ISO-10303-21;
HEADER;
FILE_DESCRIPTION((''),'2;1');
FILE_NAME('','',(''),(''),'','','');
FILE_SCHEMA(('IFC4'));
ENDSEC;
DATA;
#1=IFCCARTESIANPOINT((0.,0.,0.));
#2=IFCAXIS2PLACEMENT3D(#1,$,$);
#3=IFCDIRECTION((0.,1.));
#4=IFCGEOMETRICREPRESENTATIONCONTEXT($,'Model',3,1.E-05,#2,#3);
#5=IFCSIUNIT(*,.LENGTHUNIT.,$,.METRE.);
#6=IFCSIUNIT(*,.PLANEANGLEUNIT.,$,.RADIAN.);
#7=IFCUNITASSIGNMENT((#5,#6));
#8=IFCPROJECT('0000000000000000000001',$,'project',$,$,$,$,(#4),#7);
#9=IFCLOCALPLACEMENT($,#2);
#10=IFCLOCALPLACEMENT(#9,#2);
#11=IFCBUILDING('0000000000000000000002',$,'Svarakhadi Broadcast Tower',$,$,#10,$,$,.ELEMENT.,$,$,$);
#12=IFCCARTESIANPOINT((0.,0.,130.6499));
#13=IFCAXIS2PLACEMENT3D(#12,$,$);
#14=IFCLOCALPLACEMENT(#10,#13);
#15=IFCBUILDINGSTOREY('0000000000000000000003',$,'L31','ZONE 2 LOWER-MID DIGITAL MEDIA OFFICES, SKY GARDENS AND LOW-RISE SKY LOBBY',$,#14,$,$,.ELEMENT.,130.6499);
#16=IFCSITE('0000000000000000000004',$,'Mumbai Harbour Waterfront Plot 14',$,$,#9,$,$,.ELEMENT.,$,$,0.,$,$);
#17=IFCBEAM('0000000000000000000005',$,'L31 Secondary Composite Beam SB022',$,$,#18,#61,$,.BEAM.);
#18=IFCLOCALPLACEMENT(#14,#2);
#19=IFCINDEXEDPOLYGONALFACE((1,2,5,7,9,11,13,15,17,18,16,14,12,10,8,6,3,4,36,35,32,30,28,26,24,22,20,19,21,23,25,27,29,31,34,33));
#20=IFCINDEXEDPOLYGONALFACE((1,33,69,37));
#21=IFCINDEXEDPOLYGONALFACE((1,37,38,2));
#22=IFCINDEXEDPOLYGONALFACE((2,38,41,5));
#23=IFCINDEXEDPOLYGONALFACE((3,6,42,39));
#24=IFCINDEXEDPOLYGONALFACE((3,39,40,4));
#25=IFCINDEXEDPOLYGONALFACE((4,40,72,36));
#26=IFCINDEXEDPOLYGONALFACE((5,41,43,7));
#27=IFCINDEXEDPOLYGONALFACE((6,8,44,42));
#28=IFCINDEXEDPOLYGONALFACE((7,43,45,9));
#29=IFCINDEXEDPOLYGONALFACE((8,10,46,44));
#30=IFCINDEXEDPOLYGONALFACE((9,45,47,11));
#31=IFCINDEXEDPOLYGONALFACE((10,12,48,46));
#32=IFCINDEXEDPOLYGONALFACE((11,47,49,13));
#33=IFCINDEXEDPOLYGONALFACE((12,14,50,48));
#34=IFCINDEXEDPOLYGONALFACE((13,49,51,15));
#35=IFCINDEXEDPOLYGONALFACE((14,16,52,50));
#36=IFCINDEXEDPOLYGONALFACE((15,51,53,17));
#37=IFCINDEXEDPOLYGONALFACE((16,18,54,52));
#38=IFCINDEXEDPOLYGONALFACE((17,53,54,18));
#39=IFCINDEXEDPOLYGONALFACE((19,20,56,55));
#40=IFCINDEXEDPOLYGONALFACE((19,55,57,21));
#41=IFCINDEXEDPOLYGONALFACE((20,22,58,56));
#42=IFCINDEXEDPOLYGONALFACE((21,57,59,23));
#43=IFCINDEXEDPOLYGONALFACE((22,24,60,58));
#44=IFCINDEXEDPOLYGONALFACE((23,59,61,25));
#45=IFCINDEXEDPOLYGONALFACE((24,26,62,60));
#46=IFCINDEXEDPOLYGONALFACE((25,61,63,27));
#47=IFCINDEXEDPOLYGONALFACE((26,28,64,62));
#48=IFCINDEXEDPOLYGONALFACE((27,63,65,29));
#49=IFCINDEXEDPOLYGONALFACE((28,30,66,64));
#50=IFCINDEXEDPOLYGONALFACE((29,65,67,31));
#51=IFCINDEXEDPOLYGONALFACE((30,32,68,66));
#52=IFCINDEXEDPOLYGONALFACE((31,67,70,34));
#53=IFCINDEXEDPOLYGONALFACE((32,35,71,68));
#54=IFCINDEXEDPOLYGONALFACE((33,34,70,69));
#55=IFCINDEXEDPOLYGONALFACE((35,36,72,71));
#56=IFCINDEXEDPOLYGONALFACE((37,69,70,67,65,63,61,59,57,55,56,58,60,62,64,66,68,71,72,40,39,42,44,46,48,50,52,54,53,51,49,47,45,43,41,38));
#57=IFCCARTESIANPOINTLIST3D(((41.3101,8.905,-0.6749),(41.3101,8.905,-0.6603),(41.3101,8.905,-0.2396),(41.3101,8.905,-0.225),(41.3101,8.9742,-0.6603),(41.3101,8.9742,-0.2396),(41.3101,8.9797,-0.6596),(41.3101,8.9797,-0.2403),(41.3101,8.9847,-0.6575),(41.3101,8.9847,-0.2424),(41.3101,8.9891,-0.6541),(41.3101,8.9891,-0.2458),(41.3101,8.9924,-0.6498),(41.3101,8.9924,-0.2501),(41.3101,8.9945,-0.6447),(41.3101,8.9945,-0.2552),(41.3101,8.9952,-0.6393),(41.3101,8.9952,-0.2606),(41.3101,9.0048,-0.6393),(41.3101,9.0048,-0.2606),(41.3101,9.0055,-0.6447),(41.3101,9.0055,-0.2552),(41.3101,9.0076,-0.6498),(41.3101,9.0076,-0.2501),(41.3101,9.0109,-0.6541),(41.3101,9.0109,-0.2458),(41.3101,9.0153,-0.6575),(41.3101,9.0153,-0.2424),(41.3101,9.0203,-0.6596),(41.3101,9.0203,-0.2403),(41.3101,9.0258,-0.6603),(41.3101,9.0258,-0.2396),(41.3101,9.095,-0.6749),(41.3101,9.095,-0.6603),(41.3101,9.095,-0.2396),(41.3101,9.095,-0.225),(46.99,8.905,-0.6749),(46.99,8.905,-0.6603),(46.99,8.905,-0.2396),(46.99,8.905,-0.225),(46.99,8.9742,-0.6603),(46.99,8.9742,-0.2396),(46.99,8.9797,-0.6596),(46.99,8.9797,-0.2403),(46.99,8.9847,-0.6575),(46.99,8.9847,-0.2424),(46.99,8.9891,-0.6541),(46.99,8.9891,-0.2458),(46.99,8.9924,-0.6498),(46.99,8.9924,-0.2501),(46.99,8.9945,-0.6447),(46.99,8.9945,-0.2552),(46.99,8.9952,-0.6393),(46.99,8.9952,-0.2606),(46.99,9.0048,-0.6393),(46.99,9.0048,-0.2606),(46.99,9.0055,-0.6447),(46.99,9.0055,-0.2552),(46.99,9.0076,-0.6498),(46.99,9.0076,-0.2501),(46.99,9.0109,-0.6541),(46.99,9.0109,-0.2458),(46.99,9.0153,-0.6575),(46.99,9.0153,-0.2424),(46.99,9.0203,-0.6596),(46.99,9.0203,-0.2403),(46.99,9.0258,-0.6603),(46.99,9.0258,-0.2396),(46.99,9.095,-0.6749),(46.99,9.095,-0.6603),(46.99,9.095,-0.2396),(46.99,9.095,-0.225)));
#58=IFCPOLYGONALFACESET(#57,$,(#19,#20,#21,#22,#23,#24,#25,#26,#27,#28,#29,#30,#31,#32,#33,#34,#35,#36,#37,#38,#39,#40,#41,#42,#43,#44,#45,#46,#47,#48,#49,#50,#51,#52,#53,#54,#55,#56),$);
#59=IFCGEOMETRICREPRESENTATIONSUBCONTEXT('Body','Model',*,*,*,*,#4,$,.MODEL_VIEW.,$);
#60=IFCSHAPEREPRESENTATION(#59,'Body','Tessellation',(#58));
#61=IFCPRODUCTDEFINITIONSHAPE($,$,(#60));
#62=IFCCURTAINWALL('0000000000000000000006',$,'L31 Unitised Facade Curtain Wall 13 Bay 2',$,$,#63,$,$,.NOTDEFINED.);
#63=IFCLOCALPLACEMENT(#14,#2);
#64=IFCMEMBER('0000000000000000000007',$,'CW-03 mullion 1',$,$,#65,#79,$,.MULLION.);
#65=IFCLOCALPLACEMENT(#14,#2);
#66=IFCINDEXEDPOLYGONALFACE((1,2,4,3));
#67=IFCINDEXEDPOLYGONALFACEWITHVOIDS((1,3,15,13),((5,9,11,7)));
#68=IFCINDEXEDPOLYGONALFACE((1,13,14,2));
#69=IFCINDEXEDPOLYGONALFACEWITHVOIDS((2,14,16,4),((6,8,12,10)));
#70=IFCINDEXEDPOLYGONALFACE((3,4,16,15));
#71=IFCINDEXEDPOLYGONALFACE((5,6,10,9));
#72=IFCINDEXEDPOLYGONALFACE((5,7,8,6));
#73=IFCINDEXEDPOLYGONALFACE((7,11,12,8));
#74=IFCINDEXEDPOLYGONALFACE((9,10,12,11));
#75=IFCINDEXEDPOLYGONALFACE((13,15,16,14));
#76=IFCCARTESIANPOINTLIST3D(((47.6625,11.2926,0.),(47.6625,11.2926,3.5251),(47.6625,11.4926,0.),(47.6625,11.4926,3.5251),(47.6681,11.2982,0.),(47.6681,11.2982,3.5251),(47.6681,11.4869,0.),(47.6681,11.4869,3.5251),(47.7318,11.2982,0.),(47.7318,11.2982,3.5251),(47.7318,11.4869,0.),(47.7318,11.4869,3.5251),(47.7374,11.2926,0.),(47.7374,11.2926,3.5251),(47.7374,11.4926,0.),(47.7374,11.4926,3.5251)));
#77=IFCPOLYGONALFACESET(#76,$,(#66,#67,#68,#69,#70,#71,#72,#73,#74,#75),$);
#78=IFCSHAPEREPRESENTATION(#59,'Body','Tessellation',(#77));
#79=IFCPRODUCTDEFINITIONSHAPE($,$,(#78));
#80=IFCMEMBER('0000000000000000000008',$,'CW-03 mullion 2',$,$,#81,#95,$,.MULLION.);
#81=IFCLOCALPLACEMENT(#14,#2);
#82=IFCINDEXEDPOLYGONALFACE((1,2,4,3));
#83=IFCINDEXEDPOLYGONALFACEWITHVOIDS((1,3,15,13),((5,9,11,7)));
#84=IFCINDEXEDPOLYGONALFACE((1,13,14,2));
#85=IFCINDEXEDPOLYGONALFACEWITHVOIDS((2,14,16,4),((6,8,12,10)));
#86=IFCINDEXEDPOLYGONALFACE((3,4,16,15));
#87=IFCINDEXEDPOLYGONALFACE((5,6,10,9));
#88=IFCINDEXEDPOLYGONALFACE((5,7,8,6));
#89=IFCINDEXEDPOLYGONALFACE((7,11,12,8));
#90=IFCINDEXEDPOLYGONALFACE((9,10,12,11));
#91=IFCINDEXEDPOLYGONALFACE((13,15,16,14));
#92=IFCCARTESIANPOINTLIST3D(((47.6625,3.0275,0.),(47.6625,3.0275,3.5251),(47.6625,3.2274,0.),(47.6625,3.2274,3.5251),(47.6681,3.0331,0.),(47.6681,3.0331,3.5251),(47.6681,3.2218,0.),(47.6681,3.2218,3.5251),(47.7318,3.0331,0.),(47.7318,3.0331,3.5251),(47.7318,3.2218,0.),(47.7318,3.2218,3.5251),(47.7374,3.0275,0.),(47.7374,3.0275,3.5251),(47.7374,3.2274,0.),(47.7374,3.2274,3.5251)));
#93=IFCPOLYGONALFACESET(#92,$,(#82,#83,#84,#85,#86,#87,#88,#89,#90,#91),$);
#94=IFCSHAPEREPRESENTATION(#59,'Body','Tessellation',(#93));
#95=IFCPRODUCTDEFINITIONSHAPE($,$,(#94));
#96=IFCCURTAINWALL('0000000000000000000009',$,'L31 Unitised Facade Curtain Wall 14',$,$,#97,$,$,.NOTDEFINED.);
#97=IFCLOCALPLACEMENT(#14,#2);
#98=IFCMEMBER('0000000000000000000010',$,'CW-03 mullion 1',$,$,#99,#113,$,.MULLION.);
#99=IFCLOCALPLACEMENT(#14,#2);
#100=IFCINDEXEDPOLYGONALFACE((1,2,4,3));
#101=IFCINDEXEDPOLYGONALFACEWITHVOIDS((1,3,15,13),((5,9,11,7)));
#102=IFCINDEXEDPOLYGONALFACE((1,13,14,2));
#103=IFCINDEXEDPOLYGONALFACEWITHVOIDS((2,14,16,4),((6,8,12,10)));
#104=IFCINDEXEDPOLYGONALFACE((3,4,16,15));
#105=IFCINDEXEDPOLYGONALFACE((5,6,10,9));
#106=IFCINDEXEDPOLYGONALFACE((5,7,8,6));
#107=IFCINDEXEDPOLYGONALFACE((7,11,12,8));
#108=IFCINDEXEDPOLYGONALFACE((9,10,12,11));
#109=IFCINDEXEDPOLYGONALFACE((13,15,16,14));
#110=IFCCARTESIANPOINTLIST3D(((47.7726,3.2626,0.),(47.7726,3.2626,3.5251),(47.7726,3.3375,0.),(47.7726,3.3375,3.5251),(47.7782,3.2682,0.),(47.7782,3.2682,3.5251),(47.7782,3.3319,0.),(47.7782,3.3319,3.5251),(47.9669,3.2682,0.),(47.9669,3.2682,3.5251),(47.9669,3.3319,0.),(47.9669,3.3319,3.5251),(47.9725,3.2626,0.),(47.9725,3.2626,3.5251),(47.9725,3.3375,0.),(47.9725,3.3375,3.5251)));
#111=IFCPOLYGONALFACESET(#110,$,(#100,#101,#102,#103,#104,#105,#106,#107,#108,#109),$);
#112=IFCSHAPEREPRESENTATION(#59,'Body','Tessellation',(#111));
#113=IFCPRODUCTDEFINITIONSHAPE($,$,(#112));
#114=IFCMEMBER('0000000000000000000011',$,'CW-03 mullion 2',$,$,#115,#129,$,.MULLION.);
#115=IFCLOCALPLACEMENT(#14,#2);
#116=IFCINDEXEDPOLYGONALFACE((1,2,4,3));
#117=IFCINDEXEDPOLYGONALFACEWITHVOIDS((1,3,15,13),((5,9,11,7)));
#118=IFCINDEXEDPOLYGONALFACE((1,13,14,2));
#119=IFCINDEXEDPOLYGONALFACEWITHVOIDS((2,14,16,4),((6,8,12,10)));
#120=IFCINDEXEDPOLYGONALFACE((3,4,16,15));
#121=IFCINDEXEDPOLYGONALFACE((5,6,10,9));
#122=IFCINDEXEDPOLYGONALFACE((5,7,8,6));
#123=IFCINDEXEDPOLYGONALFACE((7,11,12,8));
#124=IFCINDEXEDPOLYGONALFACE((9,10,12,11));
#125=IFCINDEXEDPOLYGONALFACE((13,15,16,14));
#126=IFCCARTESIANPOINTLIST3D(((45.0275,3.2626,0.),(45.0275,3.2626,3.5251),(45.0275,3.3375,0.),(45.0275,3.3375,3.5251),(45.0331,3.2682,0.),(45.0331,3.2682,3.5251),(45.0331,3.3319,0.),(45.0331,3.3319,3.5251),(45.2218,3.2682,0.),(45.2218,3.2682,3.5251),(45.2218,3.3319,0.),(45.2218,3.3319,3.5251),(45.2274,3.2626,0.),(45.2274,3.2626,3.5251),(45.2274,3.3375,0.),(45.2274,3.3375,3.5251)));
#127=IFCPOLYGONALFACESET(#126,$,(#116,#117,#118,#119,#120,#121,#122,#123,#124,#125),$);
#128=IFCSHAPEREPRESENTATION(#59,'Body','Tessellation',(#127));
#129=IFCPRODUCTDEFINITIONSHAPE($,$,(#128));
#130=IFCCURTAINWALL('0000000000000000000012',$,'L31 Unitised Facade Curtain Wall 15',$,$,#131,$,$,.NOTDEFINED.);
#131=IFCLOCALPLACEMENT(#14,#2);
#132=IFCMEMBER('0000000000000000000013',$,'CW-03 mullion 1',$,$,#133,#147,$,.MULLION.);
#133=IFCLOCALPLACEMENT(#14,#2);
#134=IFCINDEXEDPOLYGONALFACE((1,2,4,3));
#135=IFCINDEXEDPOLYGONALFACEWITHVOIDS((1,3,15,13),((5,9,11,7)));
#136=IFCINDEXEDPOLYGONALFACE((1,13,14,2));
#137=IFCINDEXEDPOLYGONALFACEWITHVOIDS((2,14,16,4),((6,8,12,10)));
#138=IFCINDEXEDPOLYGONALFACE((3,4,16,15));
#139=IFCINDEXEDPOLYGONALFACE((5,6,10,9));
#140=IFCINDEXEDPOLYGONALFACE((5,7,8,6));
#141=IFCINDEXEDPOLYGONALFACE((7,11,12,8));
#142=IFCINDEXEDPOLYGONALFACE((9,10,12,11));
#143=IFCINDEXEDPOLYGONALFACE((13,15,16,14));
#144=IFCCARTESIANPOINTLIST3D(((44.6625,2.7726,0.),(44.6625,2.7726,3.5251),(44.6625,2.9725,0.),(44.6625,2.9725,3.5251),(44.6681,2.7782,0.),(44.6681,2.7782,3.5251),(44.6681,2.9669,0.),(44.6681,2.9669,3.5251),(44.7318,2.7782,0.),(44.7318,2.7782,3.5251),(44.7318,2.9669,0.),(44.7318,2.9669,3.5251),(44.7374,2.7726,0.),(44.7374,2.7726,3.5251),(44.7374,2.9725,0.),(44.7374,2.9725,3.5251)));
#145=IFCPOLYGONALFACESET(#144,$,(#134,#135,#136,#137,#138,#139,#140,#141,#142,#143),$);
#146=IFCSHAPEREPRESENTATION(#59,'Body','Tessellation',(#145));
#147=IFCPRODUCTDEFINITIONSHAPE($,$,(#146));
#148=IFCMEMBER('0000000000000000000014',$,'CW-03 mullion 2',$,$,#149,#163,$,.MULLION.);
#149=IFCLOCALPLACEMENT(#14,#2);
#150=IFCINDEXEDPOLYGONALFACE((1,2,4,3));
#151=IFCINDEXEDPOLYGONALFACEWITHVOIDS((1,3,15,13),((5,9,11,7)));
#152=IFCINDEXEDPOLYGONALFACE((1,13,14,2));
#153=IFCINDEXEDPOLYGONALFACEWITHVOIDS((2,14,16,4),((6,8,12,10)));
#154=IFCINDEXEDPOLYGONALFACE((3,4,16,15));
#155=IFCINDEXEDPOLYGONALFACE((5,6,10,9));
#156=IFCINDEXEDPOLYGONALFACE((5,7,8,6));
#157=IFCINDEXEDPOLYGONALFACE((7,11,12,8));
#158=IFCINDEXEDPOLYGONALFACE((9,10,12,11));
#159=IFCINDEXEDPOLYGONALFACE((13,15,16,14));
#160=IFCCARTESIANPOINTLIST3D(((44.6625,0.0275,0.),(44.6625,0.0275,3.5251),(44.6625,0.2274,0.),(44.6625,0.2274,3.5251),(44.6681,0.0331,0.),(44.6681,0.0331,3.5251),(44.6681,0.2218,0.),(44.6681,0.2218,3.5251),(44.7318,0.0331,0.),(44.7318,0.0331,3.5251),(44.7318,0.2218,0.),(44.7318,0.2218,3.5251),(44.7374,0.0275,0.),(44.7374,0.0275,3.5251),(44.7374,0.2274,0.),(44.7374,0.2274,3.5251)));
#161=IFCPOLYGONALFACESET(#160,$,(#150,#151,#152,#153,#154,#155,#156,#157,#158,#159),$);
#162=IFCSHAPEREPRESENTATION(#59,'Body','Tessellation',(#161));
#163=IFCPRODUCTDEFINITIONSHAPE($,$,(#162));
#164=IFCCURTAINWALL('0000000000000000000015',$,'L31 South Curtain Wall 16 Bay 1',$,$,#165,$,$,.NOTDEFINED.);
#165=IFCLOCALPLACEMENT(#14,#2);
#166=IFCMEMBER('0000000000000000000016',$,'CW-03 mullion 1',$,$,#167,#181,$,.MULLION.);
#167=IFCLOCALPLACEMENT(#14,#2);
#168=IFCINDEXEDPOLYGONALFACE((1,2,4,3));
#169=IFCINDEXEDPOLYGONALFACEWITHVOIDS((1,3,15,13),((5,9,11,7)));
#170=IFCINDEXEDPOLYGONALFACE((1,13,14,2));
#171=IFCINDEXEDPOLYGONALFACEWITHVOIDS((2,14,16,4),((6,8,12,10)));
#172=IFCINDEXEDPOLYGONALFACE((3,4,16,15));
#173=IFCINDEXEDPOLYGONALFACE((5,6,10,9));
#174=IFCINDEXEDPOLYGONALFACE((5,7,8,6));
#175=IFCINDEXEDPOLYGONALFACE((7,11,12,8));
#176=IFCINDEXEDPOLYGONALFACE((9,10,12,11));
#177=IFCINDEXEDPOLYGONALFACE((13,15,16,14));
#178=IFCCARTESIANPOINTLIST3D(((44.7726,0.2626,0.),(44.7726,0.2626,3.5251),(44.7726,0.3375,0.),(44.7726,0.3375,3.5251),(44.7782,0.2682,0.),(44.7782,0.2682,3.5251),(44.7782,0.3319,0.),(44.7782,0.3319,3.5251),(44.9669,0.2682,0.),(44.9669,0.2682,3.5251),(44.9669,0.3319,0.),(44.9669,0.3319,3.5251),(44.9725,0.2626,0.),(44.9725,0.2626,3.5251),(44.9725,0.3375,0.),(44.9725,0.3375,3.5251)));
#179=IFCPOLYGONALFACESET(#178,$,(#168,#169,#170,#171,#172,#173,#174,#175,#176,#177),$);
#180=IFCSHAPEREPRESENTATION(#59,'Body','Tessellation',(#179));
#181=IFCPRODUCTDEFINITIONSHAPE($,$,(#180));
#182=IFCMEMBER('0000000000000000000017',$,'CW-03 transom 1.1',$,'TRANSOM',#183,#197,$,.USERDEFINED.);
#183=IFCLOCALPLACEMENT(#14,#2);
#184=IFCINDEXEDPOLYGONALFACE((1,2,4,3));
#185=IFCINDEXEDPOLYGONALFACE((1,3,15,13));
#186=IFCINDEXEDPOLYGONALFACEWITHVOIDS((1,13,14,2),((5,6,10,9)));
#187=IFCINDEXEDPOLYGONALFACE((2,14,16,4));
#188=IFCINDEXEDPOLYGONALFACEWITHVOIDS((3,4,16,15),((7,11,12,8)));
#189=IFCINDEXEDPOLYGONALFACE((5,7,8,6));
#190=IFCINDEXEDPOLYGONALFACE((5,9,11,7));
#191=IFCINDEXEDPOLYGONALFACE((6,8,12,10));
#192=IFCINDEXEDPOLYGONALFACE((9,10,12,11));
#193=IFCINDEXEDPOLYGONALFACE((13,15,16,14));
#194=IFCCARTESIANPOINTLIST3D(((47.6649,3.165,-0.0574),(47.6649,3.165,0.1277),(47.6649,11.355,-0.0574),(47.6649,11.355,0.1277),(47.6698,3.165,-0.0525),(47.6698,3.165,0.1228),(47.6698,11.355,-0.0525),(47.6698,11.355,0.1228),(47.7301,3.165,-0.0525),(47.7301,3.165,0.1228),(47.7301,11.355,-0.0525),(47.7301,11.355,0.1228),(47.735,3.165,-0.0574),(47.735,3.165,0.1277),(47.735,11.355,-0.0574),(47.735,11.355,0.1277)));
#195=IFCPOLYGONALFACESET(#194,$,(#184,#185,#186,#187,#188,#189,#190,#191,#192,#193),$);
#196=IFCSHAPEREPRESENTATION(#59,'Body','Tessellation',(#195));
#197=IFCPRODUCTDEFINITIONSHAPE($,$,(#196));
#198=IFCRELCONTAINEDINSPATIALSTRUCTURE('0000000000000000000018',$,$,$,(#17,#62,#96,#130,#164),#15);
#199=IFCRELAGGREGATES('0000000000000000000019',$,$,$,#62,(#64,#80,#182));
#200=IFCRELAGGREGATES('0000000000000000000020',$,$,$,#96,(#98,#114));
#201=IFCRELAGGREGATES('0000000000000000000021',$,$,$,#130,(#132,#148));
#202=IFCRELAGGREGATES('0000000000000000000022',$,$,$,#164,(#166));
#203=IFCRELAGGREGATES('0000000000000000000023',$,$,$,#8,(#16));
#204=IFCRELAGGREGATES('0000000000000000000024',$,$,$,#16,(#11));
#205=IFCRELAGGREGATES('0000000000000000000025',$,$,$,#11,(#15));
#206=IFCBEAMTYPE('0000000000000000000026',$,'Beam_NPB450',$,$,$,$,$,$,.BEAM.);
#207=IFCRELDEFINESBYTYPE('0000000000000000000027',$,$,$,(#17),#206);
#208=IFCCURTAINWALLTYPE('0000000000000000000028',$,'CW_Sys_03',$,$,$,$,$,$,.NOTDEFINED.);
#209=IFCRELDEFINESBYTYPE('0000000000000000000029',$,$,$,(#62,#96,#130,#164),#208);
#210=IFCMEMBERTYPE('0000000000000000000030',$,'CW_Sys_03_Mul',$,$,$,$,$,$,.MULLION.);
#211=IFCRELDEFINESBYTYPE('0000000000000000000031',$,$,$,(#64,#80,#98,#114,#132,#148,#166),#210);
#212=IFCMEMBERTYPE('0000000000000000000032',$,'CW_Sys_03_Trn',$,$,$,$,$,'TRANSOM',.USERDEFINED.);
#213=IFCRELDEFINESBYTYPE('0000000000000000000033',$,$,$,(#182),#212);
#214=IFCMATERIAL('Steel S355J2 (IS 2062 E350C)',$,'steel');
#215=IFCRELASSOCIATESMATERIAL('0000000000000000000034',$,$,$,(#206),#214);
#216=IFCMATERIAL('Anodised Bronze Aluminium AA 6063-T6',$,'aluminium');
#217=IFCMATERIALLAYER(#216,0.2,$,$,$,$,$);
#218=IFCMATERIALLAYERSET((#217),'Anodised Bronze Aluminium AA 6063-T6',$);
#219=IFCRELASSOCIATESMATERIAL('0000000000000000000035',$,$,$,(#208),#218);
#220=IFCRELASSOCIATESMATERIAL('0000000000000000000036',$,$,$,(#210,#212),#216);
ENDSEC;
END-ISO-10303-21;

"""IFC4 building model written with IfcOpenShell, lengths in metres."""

from ifc_helpers import new_model, si_unit, direction, frame, origin, origin_2d, place, context, subcontext, project, spatial, hollow_rectangle, i_section, extrude, material, layer, layer_set, material_profile, profile_set, type_object, element, aggregate, save


model = new_model("IFC4")

# Units and contexts
model_context = context("Model", 3, precision=1e-05, world=origin(), true_north=direction((0.0, 1.0)))
body_context = subcontext(model_context, "Body", "Model", "MODEL_VIEW")
ifc_project = project(units=[si_unit("LENGTHUNIT", "METRE"), si_unit("PLANEANGLEUNIT", "RADIAN")], contexts=[model_context])

# Site, building, storey
site_placement = place(None, origin())
site = spatial("IfcSite", under=ifc_project, at=site_placement, Name="Mumbai Harbour Waterfront Plot 14", CompositionType="ELEMENT", RefElevation=0.0)
building_placement = place(site_placement, origin())
building = spatial("IfcBuilding", under=site, at=building_placement, Name="Svarakhadi Broadcast Tower", CompositionType="ELEMENT")
storey_placement = place(building_placement, frame((0.0, 0.0, 130.6499)))
storey = spatial("IfcBuildingStorey", under=building, at=storey_placement, Name="L31", Description="ZONE 2 LOWER-MID DIGITAL MEDIA OFFICES, SKY GARDENS AND LOW-RISE SKY LOBBY", CompositionType="ELEMENT", Elevation=130.6499)

# Beam
ifc_material_1 = material(Name="Steel S355J2 (IS 2062 E350C)", Category="steel")
ifc_material_profile_1 = material_profile(ifc_material_1, i_section(OverallWidth=0.1899, OverallDepth=0.45, WebThickness=0.0095, FlangeThickness=0.0146, FilletRadius=0.021, at=origin_2d()), Name="NPB 450x190x78")
ifc_profile_set_1 = profile_set([ifc_material_profile_1], Name="Steel S355J2 (IS 2062 E350C)")
beam_type_1 = type_object("IfcBeamType", Name="Beam_NPB450", PredefinedType="BEAM", material=ifc_profile_set_1)
beam_1_placement = place(storey_placement, frame((41.3101, 9.0, -0.45), z_axis=(1.0, 0.0, 0.0), x_axis=(0.0, 1.0, 0.0)))
element("IfcBeam", 1, at=beam_1_placement, inside=storey, type_object=beam_type_1, Name="L31 Secondary Composite Beam SB022", PredefinedType="BEAM", context=body_context, shape_type="SweptSolid", body=[
    extrude(i_section(OverallWidth=0.1899, OverallDepth=0.45, WebThickness=0.0095, FlangeThickness=0.0146, FilletRadius=0.021, at=origin_2d()), origin(), (0.0, 0.0, 1.0), 5.6799),
])

# Curtain walls, members
ifc_material_2 = material(Name="Anodised Bronze Aluminium AA 6063-T6", Category="aluminium")
ifc_layer_1 = layer(ifc_material_2, 0.2)
ifc_layer_set_1 = layer_set([ifc_layer_1], Name="Anodised Bronze Aluminium AA 6063-T6")
curtain_wall_type = type_object("IfcCurtainWallType", Name="CW_Sys_03", PredefinedType="NOTDEFINED", material=ifc_layer_set_1)
curtain_wall_1_placement = place(storey_placement, origin())
curtain_wall_1 = element("IfcCurtainWall", 2, at=curtain_wall_1_placement, inside=storey, type_object=curtain_wall_type, Name="L31 Unitised Facade Curtain Wall 13 Bay 2", PredefinedType="NOTDEFINED")
ifc_material_profile_2 = material_profile(ifc_material_2, hollow_rectangle(XDim=0.075, YDim=0.2, WallThickness=0.0056, at=origin_2d()), Name="ALU MULLION 200x75x6")
ifc_profile_set_2 = profile_set([ifc_material_profile_2], Name="Anodised Bronze Aluminium AA 6063-T6")
member_type_1 = type_object("IfcMemberType", Name="CW_Sys_03_Mul", PredefinedType="MULLION", material=ifc_profile_set_2)
member_1_placement = place(storey_placement, frame((47.7, 11.3926, 0.0), z_axis=(0.0, 0.0, 1.0), x_axis=(1.0, 0.0, 0.0)))
member_1 = element("IfcMember", 3, at=member_1_placement, type_object=member_type_1, Name="CW-03 mullion 1", PredefinedType="MULLION", context=body_context, shape_type="SweptSolid", body=[
    extrude(hollow_rectangle(XDim=0.075, YDim=0.2, WallThickness=0.0056, at=origin_2d()), origin(), (0.0, 0.0, 1.0), 3.5251),
])
member_2_placement = place(storey_placement, frame((47.7, 3.1274, 0.0), z_axis=(0.0, 0.0, 1.0), x_axis=(1.0, 0.0, 0.0)))
member_2 = element("IfcMember", 4, at=member_2_placement, type_object=member_type_1, Name="CW-03 mullion 2", PredefinedType="MULLION", context=body_context, shape_type="SweptSolid", body=[
    extrude(hollow_rectangle(XDim=0.075, YDim=0.2, WallThickness=0.0056, at=origin_2d()), origin(), (0.0, 0.0, 1.0), 3.5251),
])
curtain_wall_2_placement = place(storey_placement, origin())
curtain_wall_2 = element("IfcCurtainWall", 5, at=curtain_wall_2_placement, inside=storey, type_object=curtain_wall_type, Name="L31 Unitised Facade Curtain Wall 14", PredefinedType="NOTDEFINED")
member_3_placement = place(storey_placement, frame((47.8726, 3.3, 0.0), z_axis=(0.0, 0.0, 1.0), x_axis=(0.0, -1.0, 0.0)))
member_3 = element("IfcMember", 6, at=member_3_placement, type_object=member_type_1, Name="CW-03 mullion 1", PredefinedType="MULLION", context=body_context, shape_type="SweptSolid", body=[
    extrude(hollow_rectangle(XDim=0.075, YDim=0.2, WallThickness=0.0056, at=origin_2d()), origin(), (0.0, 0.0, 1.0), 3.5251),
])
member_4_placement = place(storey_placement, frame((45.1274, 3.3, 0.0), z_axis=(0.0, 0.0, 1.0), x_axis=(0.0, -1.0, 0.0)))
member_4 = element("IfcMember", 7, at=member_4_placement, type_object=member_type_1, Name="CW-03 mullion 2", PredefinedType="MULLION", context=body_context, shape_type="SweptSolid", body=[
    extrude(hollow_rectangle(XDim=0.075, YDim=0.2, WallThickness=0.0056, at=origin_2d()), origin(), (0.0, 0.0, 1.0), 3.5251),
])
curtain_wall_3_placement = place(storey_placement, origin())
curtain_wall_3 = element("IfcCurtainWall", 8, at=curtain_wall_3_placement, inside=storey, type_object=curtain_wall_type, Name="L31 Unitised Facade Curtain Wall 15", PredefinedType="NOTDEFINED")
member_5_placement = place(storey_placement, frame((44.7, 2.8726, 0.0), z_axis=(0.0, 0.0, 1.0), x_axis=(1.0, 0.0, 0.0)))
member_5 = element("IfcMember", 9, at=member_5_placement, type_object=member_type_1, Name="CW-03 mullion 1", PredefinedType="MULLION", context=body_context, shape_type="SweptSolid", body=[
    extrude(hollow_rectangle(XDim=0.075, YDim=0.2, WallThickness=0.0056, at=origin_2d()), origin(), (0.0, 0.0, 1.0), 3.5251),
])
member_6_placement = place(storey_placement, frame((44.7, 0.1274, 0.0), z_axis=(0.0, 0.0, 1.0), x_axis=(1.0, 0.0, 0.0)))
member_6 = element("IfcMember", 10, at=member_6_placement, type_object=member_type_1, Name="CW-03 mullion 2", PredefinedType="MULLION", context=body_context, shape_type="SweptSolid", body=[
    extrude(hollow_rectangle(XDim=0.075, YDim=0.2, WallThickness=0.0056, at=origin_2d()), origin(), (0.0, 0.0, 1.0), 3.5251),
])

# Curtain wall, member
curtain_wall_4_placement = place(storey_placement, origin())
curtain_wall_4 = element("IfcCurtainWall", 11, at=curtain_wall_4_placement, inside=storey, type_object=curtain_wall_type, Name="L31 South Curtain Wall 16 Bay 1", PredefinedType="NOTDEFINED")
member_7_placement = place(storey_placement, frame((44.8726, 0.3, 0.0), z_axis=(0.0, 0.0, 1.0), x_axis=(0.0, -1.0, 0.0)))
member_7 = element("IfcMember", 12, at=member_7_placement, type_object=member_type_1, Name="CW-03 mullion 1", PredefinedType="MULLION", context=body_context, shape_type="SweptSolid", body=[
    extrude(hollow_rectangle(XDim=0.075, YDim=0.2, WallThickness=0.0056, at=origin_2d()), origin(), (0.0, 0.0, 1.0), 3.5251),
])

# Member
ifc_material_profile_3 = material_profile(ifc_material_2, hollow_rectangle(XDim=0.0701, YDim=0.1851, WallThickness=0.0049, at=origin_2d()), Name="ALU TRANSOM 185x70x5")
ifc_profile_set_3 = profile_set([ifc_material_profile_3], Name="Anodised Bronze Aluminium AA 6063-T6")
member_type_2 = type_object("IfcMemberType", Name="CW_Sys_03_Trn", ElementType="TRANSOM", PredefinedType="USERDEFINED", material=ifc_profile_set_3)
member_8_placement = place(storey_placement, frame((47.7, 11.355, 0.0352), z_axis=(0.0, -1.0, 0.0), x_axis=(1.0, 0.0, 0.0)))
member_8 = element("IfcMember", 13, at=member_8_placement, type_object=member_type_2, Name="CW-03 transom 1.1", ObjectType="TRANSOM", PredefinedType="USERDEFINED", context=body_context, shape_type="SweptSolid", body=[
    extrude(hollow_rectangle(XDim=0.0701, YDim=0.1851, WallThickness=0.0049, at=origin_2d()), origin(), (0.0, 0.0, 1.0), 8.1899),
])

aggregate(curtain_wall_1, [member_1, member_2, member_8])
aggregate(curtain_wall_2, [member_3, member_4])
aggregate(curtain_wall_3, [member_5, member_6])
aggregate(curtain_wall_4, [member_7])

save(model, "model.ifc")
